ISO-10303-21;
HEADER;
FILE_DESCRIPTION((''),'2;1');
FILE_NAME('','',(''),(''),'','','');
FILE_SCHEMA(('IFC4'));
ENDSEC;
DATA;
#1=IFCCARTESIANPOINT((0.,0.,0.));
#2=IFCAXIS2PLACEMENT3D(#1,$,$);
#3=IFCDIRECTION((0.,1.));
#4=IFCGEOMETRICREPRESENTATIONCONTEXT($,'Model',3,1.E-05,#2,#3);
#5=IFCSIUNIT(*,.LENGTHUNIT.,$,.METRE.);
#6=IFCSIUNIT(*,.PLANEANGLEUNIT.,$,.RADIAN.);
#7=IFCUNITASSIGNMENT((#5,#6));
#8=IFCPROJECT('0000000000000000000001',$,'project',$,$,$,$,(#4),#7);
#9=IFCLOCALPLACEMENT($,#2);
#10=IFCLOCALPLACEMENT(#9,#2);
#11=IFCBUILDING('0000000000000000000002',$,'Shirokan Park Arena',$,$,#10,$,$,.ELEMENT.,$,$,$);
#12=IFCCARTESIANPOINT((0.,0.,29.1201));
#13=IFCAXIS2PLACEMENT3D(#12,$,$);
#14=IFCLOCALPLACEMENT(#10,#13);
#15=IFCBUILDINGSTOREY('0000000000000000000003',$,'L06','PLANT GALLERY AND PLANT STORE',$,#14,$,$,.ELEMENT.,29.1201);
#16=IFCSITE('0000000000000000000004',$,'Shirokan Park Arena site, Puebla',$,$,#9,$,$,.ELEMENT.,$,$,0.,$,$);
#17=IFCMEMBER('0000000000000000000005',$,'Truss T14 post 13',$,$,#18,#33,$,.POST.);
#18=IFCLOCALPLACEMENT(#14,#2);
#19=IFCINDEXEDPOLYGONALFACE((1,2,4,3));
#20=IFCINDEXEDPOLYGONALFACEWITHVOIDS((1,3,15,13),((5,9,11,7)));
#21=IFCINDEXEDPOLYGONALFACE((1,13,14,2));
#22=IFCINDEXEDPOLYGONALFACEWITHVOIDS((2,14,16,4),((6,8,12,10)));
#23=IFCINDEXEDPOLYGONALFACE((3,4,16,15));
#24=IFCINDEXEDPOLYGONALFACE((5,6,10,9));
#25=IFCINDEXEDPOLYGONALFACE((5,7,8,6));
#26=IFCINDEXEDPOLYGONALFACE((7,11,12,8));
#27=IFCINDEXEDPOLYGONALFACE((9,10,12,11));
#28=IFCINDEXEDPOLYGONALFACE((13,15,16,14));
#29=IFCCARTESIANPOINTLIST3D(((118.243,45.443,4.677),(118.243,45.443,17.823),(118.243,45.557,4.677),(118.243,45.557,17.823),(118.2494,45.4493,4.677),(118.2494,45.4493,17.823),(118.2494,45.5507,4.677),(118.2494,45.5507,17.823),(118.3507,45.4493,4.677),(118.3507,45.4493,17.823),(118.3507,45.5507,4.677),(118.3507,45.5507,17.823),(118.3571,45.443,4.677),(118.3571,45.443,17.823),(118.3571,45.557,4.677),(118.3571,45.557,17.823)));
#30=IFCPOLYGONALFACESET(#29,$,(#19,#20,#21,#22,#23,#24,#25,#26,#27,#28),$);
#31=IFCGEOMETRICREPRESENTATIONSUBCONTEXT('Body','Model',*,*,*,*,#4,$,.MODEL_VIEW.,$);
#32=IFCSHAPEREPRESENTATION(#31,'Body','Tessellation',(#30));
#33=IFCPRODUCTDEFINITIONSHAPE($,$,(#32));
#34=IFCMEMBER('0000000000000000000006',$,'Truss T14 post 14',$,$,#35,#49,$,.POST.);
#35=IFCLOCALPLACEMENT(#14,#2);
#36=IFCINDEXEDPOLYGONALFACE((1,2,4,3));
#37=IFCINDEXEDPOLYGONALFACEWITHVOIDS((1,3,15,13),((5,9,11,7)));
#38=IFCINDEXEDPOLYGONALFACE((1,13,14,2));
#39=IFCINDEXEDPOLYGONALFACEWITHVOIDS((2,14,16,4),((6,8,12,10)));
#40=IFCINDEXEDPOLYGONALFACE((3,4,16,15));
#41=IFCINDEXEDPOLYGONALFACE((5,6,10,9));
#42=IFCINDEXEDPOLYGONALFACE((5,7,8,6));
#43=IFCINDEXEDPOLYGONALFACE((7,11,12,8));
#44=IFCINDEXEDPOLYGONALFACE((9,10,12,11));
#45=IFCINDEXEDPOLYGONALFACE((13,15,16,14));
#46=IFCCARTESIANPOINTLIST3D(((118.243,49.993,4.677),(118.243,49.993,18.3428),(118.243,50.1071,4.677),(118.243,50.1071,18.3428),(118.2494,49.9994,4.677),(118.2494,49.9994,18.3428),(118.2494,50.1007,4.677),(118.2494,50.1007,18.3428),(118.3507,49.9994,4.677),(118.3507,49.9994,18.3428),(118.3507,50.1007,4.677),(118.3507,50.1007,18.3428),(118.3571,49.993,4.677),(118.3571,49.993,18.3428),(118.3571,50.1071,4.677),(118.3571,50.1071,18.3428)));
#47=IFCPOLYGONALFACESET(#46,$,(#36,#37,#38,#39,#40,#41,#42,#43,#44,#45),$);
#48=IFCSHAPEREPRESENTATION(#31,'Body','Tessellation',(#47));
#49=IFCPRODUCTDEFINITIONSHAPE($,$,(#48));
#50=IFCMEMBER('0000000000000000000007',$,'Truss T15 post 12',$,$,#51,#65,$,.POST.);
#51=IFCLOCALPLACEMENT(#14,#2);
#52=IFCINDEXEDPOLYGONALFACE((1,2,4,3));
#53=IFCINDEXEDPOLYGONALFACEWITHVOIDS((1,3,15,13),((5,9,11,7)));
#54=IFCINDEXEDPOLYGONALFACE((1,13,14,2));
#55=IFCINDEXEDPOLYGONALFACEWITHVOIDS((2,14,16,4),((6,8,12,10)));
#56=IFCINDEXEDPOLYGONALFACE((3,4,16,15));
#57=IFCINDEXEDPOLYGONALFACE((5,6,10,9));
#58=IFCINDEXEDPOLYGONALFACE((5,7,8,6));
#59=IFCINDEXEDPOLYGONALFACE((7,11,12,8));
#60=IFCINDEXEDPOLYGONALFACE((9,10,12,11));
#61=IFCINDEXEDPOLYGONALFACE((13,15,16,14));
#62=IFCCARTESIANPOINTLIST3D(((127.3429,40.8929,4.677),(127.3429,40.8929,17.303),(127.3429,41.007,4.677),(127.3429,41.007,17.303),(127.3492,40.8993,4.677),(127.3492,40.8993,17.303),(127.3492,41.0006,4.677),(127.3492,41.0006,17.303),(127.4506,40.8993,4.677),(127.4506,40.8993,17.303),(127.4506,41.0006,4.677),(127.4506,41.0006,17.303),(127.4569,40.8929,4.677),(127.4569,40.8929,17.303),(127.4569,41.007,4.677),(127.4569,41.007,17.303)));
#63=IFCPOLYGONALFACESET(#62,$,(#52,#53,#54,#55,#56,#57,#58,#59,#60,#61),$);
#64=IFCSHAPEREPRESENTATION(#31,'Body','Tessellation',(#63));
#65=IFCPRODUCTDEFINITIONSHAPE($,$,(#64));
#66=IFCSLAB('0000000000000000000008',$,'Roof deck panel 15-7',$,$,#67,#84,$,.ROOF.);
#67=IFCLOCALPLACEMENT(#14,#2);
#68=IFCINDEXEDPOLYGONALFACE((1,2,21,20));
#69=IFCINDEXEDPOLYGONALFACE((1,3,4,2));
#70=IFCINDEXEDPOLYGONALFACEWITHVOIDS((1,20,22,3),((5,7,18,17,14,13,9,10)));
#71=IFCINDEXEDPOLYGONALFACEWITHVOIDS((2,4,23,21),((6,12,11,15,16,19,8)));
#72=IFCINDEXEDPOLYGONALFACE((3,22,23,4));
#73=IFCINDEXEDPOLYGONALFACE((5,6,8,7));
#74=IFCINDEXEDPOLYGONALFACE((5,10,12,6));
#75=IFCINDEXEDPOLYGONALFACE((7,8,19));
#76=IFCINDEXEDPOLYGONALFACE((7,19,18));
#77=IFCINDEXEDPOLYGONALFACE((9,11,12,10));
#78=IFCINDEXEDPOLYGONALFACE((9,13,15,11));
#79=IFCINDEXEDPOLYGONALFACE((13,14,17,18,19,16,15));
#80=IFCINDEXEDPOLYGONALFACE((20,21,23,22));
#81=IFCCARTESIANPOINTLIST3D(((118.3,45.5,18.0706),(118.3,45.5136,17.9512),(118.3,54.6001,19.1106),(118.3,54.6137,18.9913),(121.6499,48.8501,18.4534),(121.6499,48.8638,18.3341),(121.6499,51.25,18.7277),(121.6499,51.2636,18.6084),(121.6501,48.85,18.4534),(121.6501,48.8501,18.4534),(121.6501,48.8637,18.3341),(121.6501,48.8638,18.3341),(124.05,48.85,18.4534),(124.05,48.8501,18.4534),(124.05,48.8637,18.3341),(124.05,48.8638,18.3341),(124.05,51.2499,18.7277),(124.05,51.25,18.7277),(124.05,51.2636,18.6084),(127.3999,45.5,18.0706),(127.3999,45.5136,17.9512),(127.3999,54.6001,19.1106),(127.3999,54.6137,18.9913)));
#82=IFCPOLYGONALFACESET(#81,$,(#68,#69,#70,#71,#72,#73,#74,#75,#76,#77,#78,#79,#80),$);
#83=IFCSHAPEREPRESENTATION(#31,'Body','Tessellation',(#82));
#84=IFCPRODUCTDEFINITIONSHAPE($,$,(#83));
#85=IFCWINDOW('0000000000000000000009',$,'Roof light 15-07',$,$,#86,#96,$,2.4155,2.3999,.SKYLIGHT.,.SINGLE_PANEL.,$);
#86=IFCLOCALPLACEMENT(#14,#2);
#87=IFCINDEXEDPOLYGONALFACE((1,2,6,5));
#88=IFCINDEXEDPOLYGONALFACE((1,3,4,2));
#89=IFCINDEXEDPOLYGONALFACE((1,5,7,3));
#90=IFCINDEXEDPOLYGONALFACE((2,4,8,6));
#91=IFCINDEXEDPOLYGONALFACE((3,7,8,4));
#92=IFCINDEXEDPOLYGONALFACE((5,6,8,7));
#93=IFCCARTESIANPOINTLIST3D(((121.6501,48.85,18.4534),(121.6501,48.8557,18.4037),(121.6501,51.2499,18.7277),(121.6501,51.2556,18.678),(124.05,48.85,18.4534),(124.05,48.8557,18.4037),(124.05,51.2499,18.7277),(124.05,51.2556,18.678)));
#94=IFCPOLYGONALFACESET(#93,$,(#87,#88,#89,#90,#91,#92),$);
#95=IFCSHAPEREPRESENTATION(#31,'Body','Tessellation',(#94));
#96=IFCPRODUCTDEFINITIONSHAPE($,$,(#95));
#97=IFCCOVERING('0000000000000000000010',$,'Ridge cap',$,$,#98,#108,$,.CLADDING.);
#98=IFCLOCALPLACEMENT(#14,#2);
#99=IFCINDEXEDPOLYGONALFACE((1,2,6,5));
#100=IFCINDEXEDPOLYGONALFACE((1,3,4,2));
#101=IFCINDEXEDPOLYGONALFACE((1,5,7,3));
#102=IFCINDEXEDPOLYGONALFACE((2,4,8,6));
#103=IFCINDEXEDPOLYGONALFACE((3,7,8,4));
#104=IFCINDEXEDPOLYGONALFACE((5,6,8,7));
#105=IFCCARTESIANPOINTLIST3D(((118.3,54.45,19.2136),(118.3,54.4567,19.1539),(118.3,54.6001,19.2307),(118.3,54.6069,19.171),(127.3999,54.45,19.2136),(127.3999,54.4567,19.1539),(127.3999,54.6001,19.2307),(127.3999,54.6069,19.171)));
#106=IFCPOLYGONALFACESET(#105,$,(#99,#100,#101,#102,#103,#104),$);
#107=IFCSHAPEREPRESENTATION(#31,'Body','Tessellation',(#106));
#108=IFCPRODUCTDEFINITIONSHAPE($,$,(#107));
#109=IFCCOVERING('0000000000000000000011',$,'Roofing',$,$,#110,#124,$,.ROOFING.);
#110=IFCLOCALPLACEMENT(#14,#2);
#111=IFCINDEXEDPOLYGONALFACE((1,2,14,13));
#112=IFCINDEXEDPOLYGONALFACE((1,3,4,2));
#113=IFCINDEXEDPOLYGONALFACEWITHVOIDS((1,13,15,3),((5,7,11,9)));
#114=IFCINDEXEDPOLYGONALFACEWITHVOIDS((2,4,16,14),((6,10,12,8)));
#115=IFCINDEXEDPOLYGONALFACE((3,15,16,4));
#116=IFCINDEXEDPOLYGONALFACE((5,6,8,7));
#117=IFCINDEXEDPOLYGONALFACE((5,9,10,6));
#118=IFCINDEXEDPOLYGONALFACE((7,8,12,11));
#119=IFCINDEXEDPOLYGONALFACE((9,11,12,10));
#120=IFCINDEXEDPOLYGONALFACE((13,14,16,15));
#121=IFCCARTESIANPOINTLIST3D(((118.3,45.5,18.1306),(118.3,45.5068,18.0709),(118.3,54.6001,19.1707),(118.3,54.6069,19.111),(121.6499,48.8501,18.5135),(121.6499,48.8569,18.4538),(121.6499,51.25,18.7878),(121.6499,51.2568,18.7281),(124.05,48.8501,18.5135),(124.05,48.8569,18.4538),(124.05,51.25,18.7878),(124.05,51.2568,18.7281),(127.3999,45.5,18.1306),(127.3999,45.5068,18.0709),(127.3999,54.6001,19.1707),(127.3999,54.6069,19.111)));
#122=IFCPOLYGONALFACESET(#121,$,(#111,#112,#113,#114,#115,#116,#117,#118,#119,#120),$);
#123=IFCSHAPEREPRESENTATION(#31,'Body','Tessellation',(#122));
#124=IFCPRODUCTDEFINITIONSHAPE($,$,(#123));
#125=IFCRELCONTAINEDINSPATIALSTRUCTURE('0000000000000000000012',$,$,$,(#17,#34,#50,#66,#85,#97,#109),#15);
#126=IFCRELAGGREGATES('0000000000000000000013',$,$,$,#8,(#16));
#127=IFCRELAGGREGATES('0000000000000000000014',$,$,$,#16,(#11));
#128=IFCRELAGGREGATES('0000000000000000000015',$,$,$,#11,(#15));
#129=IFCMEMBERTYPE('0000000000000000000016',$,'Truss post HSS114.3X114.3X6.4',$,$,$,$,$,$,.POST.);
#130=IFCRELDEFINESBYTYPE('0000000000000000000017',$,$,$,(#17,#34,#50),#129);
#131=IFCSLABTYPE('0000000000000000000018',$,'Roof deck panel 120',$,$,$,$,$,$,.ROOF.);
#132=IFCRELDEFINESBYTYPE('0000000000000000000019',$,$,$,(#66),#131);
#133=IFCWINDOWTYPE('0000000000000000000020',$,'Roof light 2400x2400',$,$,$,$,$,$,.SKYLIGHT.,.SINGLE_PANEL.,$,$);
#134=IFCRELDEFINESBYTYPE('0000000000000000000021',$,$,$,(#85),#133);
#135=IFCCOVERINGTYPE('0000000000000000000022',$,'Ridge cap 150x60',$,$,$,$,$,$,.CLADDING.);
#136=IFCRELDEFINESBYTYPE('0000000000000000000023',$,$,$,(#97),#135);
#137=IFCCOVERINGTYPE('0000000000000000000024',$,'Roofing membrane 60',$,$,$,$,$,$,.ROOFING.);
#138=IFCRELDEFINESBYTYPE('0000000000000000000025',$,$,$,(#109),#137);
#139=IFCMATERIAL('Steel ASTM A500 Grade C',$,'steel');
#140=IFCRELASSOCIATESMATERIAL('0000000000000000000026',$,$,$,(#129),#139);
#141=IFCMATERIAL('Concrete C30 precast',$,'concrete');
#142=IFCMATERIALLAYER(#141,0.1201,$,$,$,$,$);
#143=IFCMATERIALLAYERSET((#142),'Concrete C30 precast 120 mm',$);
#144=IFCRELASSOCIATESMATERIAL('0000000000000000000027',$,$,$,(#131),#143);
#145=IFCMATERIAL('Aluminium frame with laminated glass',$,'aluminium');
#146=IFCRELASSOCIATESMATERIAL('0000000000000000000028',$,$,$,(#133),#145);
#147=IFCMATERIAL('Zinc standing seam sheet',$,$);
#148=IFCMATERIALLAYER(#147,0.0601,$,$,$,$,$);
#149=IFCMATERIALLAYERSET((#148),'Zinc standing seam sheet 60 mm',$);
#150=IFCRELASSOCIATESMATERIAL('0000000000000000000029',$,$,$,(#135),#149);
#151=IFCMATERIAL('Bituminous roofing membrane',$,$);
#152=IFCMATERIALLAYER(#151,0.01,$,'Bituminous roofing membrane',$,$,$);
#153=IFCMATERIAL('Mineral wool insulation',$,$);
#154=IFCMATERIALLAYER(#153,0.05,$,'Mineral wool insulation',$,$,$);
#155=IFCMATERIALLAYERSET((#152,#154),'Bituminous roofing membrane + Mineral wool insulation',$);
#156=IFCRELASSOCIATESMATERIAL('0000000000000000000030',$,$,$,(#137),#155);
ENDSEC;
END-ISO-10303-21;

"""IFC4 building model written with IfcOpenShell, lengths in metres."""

from ifc_helpers import new_model, si_unit, direction, frame, origin, origin_2d, place, context, subcontext, project, spatial, polyline, rectangle, hollow_rectangle, outline, extrude, material, layer, layer_set, material_profile, profile_set, type_object, element, fill, save


model = new_model("IFC4")

# Units and contexts
model_context = context("Model", 3, precision=1e-05, world=origin(), true_north=direction((0.0, 1.0)))
body_context = subcontext(model_context, "Body", "Model", "MODEL_VIEW")
ifc_project = project(units=[si_unit("LENGTHUNIT", "METRE"), si_unit("PLANEANGLEUNIT", "RADIAN")], contexts=[model_context])

# Site, building, storey
site_placement = place(None, origin())
site = spatial("IfcSite", under=ifc_project, at=site_placement, Name="Shirokan Park Arena site, Puebla", CompositionType="ELEMENT", RefElevation=0.0)
building_placement = place(site_placement, origin())
building = spatial("IfcBuilding", under=site, at=building_placement, Name="Shirokan Park Arena", CompositionType="ELEMENT")
storey_placement = place(building_placement, frame((0.0, 0.0, 29.1201)))
storey = spatial("IfcBuildingStorey", under=building, at=storey_placement, Name="L06", Description="PLANT GALLERY AND PLANT STORE", CompositionType="ELEMENT", Elevation=29.1201)

# Members
ifc_material_1 = material(Name="Steel ASTM A500 Grade C", Category="steel")
ifc_material_profile_1 = material_profile(ifc_material_1, hollow_rectangle(XDim=0.114, YDim=0.114, WallThickness=0.0063, at=origin_2d()), Name="HSS114.3X114.3X6.4")
ifc_profile_set_1 = profile_set([ifc_material_profile_1], Name="Steel ASTM A500 Grade C")
member_type_1 = type_object("IfcMemberType", Name="Truss post HSS114.3X114.3X6.4", PredefinedType="POST", material=ifc_profile_set_1)
member_1_placement = place(storey_placement, frame((118.3, 45.5, 4.677), z_axis=(0.0, 0.0, 1.0), x_axis=(1.0, 0.0, 0.0)))
element("IfcMember", 1, at=member_1_placement, inside=storey, type_object=member_type_1, Name="Truss T14 post 13", PredefinedType="POST", context=body_context, shape_type="SweptSolid", body=[
    extrude(hollow_rectangle(XDim=0.114, YDim=0.114, WallThickness=0.0063, at=origin_2d()), origin(), (0.0, 0.0, 1.0), 13.146),
])
member_2_placement = place(storey_placement, frame((118.3, 50.05, 4.677), z_axis=(0.0, 0.0, 1.0), x_axis=(1.0, 0.0, 0.0)))
element("IfcMember", 2, at=member_2_placement, inside=storey, type_object=member_type_1, Name="Truss T14 post 14", PredefinedType="POST", context=body_context, shape_type="SweptSolid", body=[
    extrude(hollow_rectangle(XDim=0.114, YDim=0.114, WallThickness=0.0063, at=origin_2d()), origin(), (0.0, 0.0, 1.0), 13.6658),
])
member_3_placement = place(storey_placement, frame((127.3999, 40.95, 4.677), z_axis=(0.0, 0.0, 1.0), x_axis=(1.0, 0.0, 0.0)))
element("IfcMember", 3, at=member_3_placement, inside=storey, type_object=member_type_1, Name="Truss T15 post 12", PredefinedType="POST", context=body_context, shape_type="SweptSolid", body=[
    extrude(hollow_rectangle(XDim=0.114, YDim=0.114, WallThickness=0.0063, at=origin_2d()), origin(), (0.0, 0.0, 1.0), 12.626),
])

# Slab, opening, window
ifc_material_2 = material(Name="Concrete C30 precast", Category="concrete")
ifc_layer_1 = layer(ifc_material_2, 0.1201)
ifc_layer_set_1 = layer_set([ifc_layer_1], Name="Concrete C30 precast 120 mm")
slab_type = type_object("IfcSlabType", Name="Roof deck panel 120", PredefinedType="ROOF", material=ifc_layer_set_1)
slab_placement = place(storey_placement, frame((118.3, 45.5, 18.0706), z_axis=(0.0, -0.11355, 0.993532), x_axis=(1.0, 0.0, 0.0)))
slab = element("IfcSlab", 4, at=slab_placement, inside=storey, type_object=slab_type, Name="Roof deck panel 15-7", PredefinedType="ROOF", context=body_context, shape_type="SweptSolid", body=[
    extrude(outline(polyline([(0.0, 0.0), (9.0999, 0.0), (9.0999, 9.1593), (0.0, 9.1593), (0.0, 0.0)]), holes=[polyline([(3.3499, 3.3719), (5.75, 3.3719), (5.75, 5.7874), (3.3499, 5.7874), (3.3499, 3.3719)])]), origin(), (0.0, 0.0, -1.0), 0.1201),
])
opening_placement = place(slab_placement, frame((4.55, 4.5796, 0.01)))
opening = element("IfcOpeningElement", 5, at=opening_placement, cuts=slab, PredefinedType="OPENING", context=body_context, shape_type="SweptSolid", body=[
    extrude(rectangle(XDim=2.3999, YDim=2.4155, at=origin_2d()), origin(), (0.0, 0.0, -1.0), 0.1399),
])
ifc_material_3 = material(Name="Aluminium frame with laminated glass", Category="aluminium")
window_type = type_object("IfcWindowType", Name="Roof light 2400x2400", PartitioningType="SINGLE_PANEL", PredefinedType="SKYLIGHT", material=ifc_material_3)
window_placement = place(opening_placement, frame((0.0, 0.0, -0.0601)))
window = element("IfcWindow", 6, at=window_placement, inside=storey, type_object=window_type, Name="Roof light 15-07", OverallHeight=2.4155, OverallWidth=2.3999, PartitioningType="SINGLE_PANEL", PredefinedType="SKYLIGHT", context=body_context, shape_type="SweptSolid", body=[
    extrude(rectangle(XDim=2.3999, YDim=2.4155, at=origin_2d()), origin(), (0.0, 0.0, 1.0), 0.05),
])
fill(opening, window)

# Coverings
ifc_material_4 = material(Name="Zinc standing seam sheet")
ifc_layer_2 = layer(ifc_material_4, 0.0601)
ifc_layer_set_2 = layer_set([ifc_layer_2], Name="Zinc standing seam sheet 60 mm")
covering_type_1 = type_object("IfcCoveringType", Name="Ridge cap 150x60", PredefinedType="CLADDING", material=ifc_layer_set_2)
covering_1_placement = place(storey_placement, frame((118.3, 54.45, 19.2136), z_axis=(0.0, -0.113091, 0.993585), x_axis=(1.0, 0.0, 0.0)))
element("IfcCovering", 7, at=covering_1_placement, inside=storey, type_object=covering_type_1, Name="Ridge cap", PredefinedType="CLADDING", context=body_context, shape_type="SweptSolid", body=[
    extrude(outline(polyline([(0.0, 0.0), (9.0999, 0.0), (9.0999, 0.1511), (0.0, 0.1511), (0.0, 0.0)])), origin(), (0.0, 0.0, -1.0), 0.0601),
])
ifc_material_5 = material(Name="Bituminous roofing membrane")
ifc_layer_3 = layer(ifc_material_5, 0.01, Name="Bituminous roofing membrane")
ifc_material_6 = material(Name="Mineral wool insulation")
ifc_layer_4 = layer(ifc_material_6, 0.05, Name="Mineral wool insulation")
ifc_layer_set_3 = layer_set([ifc_layer_3, ifc_layer_4], Name="Bituminous roofing membrane + Mineral wool insulation")
covering_type_2 = type_object("IfcCoveringType", Name="Roofing membrane 60", PredefinedType="ROOFING", material=ifc_layer_set_3)
covering_2_placement = place(storey_placement, frame((118.3, 45.5, 18.1306), z_axis=(0.0, -0.11355, 0.993532), x_axis=(1.0, 0.0, 0.0)))
element("IfcCovering", 8, at=covering_2_placement, inside=storey, type_object=covering_type_2, Name="Roofing", PredefinedType="ROOFING", context=body_context, shape_type="SweptSolid", body=[
    extrude(outline(polyline([(0.0, 0.0), (9.0999, 0.0), (9.0999, 9.1593), (0.0, 9.1593), (0.0, 0.0)]), holes=[polyline([(5.75, 3.3719), (5.75, 5.7874), (3.3499, 5.7874), (3.3499, 3.3719), (5.75, 3.3719)])]), origin(), (0.0, 0.0, -1.0), 0.0601),
])

save(model, "model.ifc")
